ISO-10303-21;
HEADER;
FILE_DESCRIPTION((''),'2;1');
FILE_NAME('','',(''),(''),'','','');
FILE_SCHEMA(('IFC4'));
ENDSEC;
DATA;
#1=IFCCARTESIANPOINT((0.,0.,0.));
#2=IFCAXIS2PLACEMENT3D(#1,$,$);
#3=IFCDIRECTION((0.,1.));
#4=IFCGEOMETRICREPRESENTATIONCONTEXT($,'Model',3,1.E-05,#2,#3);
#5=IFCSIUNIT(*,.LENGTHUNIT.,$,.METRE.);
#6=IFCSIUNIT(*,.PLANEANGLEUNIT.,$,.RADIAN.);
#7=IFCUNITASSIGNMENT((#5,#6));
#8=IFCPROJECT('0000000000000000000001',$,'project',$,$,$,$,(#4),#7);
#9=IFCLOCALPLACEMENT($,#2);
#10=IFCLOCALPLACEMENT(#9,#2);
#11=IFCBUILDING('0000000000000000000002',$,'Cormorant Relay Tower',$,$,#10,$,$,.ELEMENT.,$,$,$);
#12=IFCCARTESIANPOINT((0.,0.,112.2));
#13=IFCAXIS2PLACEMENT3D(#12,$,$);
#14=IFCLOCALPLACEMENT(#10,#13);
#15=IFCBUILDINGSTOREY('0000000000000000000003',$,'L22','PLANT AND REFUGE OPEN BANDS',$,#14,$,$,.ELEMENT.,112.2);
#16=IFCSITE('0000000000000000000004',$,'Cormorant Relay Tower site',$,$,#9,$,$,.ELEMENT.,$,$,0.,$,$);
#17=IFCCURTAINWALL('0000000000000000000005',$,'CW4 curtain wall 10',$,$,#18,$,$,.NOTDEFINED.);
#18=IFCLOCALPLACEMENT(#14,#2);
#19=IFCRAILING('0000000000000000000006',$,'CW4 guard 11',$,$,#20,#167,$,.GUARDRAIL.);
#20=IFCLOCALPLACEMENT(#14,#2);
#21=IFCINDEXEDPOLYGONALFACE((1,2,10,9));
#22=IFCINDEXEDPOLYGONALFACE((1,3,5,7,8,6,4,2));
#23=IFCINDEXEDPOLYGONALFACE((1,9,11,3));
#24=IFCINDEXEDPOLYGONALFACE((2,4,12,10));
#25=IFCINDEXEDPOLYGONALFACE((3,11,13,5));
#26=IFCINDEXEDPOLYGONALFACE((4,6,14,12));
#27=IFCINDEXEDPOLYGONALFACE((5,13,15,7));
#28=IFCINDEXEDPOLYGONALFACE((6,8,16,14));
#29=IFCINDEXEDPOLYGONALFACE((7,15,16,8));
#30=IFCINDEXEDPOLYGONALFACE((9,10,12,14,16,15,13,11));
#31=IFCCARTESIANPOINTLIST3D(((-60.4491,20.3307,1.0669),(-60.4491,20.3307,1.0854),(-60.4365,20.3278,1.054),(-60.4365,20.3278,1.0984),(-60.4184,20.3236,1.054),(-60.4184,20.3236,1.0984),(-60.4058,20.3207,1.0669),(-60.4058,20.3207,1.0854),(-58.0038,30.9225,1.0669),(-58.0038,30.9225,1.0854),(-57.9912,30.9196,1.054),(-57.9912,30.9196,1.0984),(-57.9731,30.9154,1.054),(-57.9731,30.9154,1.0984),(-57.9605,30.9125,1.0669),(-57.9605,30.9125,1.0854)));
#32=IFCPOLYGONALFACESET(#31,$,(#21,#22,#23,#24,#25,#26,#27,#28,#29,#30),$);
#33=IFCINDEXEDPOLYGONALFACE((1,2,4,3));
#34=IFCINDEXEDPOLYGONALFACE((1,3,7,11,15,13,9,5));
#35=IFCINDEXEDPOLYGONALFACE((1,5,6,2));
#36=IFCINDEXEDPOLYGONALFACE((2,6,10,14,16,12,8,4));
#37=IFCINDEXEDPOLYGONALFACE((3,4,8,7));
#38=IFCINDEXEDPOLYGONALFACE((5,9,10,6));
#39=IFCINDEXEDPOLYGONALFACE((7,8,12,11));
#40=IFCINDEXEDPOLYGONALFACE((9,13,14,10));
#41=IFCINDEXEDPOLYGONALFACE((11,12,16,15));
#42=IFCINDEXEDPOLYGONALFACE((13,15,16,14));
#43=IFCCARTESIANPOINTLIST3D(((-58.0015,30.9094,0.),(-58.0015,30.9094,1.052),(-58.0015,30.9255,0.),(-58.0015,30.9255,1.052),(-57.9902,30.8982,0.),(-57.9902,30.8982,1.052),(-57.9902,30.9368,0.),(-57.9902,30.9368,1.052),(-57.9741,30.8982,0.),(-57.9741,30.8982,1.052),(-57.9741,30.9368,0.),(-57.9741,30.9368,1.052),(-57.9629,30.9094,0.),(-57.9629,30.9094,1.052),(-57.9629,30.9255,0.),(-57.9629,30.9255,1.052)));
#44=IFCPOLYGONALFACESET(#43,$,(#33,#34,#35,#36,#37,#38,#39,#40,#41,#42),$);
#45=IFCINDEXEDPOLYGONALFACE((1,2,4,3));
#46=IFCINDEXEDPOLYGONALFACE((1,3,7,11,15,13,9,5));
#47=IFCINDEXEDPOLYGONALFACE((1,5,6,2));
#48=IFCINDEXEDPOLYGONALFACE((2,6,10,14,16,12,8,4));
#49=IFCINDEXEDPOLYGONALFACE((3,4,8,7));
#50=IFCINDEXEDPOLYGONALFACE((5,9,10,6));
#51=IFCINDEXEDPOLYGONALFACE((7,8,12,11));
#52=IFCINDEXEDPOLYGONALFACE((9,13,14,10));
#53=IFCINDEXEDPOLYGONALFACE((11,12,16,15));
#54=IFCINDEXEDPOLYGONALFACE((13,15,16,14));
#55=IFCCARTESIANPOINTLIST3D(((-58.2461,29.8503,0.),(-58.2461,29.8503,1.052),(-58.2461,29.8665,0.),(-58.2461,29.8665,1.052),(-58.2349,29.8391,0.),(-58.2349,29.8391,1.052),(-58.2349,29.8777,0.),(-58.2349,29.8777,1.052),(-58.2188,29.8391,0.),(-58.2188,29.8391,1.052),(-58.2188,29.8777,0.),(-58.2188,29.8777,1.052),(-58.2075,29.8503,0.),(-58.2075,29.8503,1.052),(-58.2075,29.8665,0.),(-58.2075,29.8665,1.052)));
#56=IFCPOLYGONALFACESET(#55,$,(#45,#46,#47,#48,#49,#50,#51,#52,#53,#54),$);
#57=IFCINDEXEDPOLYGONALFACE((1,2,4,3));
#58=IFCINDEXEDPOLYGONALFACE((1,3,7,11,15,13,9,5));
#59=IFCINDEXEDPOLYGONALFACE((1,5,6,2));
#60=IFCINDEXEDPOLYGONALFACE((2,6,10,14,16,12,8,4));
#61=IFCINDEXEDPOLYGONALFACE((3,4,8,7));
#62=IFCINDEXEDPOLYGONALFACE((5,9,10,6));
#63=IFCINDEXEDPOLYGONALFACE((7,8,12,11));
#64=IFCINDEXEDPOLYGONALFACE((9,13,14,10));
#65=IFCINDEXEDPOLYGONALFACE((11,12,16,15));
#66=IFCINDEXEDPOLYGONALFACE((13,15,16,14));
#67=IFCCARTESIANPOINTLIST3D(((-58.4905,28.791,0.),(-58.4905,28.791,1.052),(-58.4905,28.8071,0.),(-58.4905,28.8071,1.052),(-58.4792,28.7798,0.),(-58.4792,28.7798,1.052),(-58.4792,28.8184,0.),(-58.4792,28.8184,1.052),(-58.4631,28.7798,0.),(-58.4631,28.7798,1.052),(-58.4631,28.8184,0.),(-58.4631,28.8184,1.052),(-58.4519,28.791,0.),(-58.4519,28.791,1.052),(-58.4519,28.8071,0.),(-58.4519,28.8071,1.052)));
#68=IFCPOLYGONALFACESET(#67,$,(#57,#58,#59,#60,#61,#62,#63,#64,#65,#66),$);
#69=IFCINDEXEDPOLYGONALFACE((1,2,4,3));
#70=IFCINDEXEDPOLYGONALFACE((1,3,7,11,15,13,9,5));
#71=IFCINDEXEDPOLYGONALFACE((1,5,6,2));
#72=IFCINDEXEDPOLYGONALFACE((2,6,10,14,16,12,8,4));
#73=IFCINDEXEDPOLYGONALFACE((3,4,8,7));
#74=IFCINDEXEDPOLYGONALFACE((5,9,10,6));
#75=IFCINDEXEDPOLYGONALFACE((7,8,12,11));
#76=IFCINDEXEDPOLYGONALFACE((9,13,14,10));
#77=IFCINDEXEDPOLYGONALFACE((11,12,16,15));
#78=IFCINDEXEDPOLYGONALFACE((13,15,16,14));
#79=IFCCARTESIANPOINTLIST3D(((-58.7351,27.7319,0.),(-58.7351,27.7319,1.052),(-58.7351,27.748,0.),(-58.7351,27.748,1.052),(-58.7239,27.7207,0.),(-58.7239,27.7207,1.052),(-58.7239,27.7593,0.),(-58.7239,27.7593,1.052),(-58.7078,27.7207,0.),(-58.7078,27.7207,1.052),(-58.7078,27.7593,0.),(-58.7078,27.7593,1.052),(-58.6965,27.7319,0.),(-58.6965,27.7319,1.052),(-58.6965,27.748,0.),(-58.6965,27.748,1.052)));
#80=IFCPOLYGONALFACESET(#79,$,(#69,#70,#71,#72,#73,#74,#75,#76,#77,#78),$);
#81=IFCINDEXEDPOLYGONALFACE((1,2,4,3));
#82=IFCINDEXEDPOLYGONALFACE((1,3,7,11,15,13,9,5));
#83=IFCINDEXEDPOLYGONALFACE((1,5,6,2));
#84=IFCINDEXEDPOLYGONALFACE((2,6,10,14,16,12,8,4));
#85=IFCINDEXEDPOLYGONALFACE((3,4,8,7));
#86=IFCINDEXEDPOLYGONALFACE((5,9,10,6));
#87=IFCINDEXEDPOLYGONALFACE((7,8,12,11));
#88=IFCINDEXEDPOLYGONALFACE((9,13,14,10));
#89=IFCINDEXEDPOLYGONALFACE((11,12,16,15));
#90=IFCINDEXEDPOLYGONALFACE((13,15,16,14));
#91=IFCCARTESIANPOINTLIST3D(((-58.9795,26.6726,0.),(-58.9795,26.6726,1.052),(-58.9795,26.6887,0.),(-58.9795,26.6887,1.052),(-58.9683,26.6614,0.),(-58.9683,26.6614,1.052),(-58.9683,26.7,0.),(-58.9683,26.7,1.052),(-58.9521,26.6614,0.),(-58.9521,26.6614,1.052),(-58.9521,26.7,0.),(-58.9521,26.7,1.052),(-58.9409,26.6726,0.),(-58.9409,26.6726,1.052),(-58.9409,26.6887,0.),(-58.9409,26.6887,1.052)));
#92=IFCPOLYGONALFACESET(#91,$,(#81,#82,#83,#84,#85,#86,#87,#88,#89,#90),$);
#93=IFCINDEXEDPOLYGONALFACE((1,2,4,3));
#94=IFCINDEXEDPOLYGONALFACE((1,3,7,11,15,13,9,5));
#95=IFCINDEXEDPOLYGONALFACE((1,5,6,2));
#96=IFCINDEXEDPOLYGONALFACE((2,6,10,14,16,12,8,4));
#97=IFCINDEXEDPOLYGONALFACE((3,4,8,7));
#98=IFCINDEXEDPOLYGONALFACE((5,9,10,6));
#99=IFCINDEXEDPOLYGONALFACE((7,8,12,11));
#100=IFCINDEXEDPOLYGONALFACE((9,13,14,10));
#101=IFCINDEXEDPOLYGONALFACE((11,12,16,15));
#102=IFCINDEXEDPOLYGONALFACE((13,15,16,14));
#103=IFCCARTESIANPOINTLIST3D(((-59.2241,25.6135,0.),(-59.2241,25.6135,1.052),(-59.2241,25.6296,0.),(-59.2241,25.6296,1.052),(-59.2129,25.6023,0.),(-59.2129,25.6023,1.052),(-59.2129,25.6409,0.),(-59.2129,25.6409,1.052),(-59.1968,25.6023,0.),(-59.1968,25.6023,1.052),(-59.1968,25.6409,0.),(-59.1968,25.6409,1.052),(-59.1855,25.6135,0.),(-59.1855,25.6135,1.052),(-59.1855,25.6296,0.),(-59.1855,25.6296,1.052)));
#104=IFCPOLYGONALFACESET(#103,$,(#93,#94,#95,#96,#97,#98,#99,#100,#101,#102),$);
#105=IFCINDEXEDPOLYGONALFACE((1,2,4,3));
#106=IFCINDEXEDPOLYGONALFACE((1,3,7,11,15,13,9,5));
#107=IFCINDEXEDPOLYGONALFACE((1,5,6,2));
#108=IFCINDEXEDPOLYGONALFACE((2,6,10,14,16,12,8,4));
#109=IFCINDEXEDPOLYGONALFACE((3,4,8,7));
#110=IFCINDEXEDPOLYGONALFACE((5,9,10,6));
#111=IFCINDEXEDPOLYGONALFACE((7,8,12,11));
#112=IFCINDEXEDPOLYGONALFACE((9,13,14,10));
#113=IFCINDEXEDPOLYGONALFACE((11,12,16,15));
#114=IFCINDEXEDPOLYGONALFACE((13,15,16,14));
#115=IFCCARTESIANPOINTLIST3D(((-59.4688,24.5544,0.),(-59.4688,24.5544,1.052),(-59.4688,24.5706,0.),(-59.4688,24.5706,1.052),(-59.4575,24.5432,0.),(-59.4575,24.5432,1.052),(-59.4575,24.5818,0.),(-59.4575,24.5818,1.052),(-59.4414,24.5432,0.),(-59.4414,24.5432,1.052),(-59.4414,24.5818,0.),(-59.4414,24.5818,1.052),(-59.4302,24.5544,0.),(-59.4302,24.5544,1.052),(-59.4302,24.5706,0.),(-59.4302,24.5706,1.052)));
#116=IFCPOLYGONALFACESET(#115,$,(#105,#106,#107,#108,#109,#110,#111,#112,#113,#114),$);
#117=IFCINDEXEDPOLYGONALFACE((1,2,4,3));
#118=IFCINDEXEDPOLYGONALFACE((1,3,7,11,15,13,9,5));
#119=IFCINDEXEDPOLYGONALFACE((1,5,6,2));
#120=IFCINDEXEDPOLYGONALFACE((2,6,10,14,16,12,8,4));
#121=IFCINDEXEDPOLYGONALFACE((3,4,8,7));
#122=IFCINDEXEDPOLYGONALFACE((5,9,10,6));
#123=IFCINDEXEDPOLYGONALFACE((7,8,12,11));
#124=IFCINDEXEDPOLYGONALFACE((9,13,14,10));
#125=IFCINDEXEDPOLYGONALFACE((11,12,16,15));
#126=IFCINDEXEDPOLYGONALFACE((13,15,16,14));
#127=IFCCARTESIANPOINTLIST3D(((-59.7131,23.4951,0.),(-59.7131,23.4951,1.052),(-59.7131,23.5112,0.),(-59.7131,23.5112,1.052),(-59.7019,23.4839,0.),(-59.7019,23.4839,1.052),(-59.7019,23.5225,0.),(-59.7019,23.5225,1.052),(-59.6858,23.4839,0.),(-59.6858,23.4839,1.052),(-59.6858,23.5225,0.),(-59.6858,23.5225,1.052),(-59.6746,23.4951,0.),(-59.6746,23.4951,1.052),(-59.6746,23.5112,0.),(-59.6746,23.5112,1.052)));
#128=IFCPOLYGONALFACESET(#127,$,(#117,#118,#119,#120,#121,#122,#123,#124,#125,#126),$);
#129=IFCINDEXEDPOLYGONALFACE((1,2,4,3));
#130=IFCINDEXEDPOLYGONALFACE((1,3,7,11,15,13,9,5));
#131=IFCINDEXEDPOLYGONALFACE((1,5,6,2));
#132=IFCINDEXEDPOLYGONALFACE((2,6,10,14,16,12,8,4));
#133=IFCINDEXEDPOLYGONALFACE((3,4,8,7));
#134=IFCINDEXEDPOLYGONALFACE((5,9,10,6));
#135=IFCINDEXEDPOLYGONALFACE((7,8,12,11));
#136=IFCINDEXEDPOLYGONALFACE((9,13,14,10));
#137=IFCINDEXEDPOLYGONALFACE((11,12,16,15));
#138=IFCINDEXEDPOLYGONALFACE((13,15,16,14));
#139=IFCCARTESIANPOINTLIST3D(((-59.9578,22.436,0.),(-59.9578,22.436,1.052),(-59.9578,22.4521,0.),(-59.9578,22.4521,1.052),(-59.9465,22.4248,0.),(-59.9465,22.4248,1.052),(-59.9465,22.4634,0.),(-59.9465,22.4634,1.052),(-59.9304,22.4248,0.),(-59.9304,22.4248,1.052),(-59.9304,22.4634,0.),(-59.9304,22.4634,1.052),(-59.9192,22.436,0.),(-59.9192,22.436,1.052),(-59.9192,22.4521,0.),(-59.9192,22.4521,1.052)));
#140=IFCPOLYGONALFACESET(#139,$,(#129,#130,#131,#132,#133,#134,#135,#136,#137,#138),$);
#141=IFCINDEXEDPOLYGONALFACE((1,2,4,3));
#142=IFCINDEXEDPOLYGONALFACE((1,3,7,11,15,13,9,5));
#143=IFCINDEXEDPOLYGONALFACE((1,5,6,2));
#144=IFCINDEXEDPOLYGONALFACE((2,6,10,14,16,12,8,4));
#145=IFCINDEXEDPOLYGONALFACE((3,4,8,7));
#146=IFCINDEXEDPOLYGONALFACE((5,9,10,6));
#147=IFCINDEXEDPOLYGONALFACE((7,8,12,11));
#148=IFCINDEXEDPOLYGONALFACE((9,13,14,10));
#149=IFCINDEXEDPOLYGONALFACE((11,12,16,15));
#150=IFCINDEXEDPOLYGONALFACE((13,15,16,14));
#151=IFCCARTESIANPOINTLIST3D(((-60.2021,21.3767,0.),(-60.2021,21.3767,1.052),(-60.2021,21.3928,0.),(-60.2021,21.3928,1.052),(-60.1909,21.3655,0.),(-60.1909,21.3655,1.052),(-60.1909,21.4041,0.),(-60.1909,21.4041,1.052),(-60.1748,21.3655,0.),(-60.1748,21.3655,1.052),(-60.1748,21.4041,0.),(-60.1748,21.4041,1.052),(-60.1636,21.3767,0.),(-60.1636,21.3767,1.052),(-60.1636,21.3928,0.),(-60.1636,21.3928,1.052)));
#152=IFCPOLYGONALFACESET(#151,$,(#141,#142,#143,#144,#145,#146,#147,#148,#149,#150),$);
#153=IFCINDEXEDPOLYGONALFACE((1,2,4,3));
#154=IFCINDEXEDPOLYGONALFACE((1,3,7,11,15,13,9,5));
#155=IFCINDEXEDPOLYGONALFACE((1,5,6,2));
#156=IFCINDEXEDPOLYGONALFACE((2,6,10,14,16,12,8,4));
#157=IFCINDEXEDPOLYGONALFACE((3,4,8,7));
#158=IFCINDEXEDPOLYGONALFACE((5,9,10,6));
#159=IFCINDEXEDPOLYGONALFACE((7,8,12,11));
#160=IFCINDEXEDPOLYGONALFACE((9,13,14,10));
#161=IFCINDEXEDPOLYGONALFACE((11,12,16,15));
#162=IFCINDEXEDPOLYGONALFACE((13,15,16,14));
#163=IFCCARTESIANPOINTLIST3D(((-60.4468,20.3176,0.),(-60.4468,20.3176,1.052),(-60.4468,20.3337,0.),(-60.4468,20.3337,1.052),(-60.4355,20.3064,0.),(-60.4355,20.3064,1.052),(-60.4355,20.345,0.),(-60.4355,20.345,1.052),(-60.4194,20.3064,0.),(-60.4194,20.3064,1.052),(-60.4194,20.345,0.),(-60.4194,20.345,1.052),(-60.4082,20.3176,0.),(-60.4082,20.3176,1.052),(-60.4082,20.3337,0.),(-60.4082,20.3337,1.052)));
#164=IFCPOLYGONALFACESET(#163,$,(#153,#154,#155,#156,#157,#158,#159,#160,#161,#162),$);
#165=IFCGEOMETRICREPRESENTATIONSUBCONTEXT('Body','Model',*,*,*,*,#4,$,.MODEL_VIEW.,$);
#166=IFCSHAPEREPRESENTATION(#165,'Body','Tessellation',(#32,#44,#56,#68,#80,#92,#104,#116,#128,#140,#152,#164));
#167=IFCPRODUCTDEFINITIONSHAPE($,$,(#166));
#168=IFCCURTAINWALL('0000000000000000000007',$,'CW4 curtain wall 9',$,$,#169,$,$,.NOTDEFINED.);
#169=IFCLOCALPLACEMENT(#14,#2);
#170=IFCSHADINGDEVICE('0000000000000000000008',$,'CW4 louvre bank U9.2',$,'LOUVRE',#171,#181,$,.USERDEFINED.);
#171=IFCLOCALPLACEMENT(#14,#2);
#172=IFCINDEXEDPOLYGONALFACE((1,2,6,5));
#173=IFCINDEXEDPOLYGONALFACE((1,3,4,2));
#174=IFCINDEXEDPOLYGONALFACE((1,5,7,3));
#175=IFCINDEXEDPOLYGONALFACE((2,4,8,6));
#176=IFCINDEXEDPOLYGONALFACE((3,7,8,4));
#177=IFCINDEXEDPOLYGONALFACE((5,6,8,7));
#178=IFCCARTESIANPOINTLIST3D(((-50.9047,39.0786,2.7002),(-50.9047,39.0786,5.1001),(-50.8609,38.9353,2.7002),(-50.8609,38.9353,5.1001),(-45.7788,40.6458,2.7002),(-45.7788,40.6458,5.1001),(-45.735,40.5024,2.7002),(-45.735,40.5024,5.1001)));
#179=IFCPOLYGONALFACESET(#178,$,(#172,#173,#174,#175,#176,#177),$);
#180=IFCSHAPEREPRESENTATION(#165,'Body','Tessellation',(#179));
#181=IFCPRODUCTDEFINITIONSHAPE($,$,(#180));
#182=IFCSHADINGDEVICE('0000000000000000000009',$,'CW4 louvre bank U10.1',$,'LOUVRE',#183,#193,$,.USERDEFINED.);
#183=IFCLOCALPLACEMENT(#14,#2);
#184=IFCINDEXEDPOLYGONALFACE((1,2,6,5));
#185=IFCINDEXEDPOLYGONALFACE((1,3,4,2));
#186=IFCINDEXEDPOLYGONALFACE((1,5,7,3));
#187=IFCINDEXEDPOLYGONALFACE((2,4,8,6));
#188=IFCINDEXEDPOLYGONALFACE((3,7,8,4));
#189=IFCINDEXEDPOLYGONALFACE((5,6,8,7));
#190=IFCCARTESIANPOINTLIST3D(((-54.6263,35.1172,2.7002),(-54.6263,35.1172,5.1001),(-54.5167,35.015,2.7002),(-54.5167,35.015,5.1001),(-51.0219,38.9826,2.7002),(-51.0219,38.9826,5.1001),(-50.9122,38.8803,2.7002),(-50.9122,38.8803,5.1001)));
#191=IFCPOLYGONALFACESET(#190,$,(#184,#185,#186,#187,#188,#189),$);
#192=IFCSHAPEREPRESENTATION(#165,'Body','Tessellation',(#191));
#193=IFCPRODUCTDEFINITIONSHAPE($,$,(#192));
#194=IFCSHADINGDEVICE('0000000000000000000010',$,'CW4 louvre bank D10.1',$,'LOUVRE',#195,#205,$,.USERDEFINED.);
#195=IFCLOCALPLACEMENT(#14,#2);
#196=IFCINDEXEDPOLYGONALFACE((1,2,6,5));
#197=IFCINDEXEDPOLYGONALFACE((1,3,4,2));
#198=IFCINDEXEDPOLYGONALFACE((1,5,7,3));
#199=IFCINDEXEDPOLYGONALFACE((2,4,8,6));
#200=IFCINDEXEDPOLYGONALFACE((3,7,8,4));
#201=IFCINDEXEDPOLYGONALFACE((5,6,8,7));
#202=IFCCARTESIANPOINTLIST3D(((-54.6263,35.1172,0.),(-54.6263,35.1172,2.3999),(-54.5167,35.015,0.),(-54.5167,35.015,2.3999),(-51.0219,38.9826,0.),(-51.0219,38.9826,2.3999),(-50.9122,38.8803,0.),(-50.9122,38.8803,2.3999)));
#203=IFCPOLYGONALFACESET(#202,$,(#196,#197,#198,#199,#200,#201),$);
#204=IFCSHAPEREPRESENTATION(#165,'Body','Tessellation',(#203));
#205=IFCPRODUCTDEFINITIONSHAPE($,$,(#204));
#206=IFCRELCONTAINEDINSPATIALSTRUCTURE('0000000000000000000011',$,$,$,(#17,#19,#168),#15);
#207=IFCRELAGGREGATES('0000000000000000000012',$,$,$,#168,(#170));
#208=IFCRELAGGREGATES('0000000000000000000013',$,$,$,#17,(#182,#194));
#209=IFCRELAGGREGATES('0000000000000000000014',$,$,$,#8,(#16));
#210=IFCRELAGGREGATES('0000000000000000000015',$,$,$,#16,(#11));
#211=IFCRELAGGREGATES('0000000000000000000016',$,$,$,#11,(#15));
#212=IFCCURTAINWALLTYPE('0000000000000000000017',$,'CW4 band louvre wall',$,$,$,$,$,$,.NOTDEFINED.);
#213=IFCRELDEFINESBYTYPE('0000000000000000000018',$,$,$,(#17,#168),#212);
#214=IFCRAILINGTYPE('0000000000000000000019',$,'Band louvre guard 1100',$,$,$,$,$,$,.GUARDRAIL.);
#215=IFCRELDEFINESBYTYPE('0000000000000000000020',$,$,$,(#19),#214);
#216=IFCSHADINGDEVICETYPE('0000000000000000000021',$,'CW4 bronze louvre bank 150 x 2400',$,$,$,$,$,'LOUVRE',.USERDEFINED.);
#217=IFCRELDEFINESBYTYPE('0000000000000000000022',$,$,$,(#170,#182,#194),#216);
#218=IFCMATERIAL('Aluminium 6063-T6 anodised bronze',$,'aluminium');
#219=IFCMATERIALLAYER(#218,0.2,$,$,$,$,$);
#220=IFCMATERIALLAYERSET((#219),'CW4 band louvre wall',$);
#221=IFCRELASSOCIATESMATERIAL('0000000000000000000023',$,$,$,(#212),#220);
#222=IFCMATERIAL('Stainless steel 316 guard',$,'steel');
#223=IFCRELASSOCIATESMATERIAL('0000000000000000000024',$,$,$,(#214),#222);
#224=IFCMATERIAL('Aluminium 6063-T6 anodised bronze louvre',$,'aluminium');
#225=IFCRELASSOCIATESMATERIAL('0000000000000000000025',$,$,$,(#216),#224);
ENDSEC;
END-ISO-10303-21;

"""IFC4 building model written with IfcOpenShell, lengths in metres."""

from ifc_helpers import new_model, si_unit, direction, frame, origin, origin_2d, place, context, subcontext, project, spatial, polyline, rectangle, outline, extrude, material, layer, layer_set, type_object, element, aggregate, save


model = new_model("IFC4")

# Units and contexts
model_context = context("Model", 3, precision=1e-05, world=origin(), true_north=direction((0.0, 1.0)))
body_context = subcontext(model_context, "Body", "Model", "MODEL_VIEW")
ifc_project = project(units=[si_unit("LENGTHUNIT", "METRE"), si_unit("PLANEANGLEUNIT", "RADIAN")], contexts=[model_context])

# Site, building, storey
site_placement = place(None, origin())
site = spatial("IfcSite", under=ifc_project, at=site_placement, Name="Cormorant Relay Tower site", CompositionType="ELEMENT", RefElevation=0.0)
building_placement = place(site_placement, origin())
building = spatial("IfcBuilding", under=site, at=building_placement, Name="Cormorant Relay Tower", CompositionType="ELEMENT")
storey_placement = place(building_placement, frame((0.0, 0.0, 112.2)))
storey = spatial("IfcBuildingStorey", under=building, at=storey_placement, Name="L22", Description="PLANT AND REFUGE OPEN BANDS", CompositionType="ELEMENT", Elevation=112.2)

# Curtain wall
ifc_material_1 = material(Name="Aluminium 6063-T6 anodised bronze", Category="aluminium")
ifc_layer_1 = layer(ifc_material_1, 0.2)
ifc_layer_set_1 = layer_set([ifc_layer_1], Name="CW4 band louvre wall")
curtain_wall_type = type_object("IfcCurtainWallType", Name="CW4 band louvre wall", PredefinedType="NOTDEFINED", material=ifc_layer_set_1)
curtain_wall_1_placement = place(storey_placement, origin())
curtain_wall_1 = element("IfcCurtainWall", 1, at=curtain_wall_1_placement, inside=storey, type_object=curtain_wall_type, Name="CW4 curtain wall 10", PredefinedType="NOTDEFINED")

# Railing
ifc_material_2 = material(Name="Stainless steel 316 guard", Category="steel")
railing_type = type_object("IfcRailingType", Name="Band louvre guard 1100", PredefinedType="GUARDRAIL", material=ifc_material_2)
railing_1_placement = place(storey_placement, frame((-57.9822, 30.9175, 0.0)))
element("IfcRailing", 2, at=railing_1_placement, inside=storey, type_object=railing_type, Name="CW4 guard 11", PredefinedType="GUARDRAIL", context=body_context, shape_type="SweptSolid", body=[
    extrude(outline(polyline([(0.0222, 0.0093), (0.0093, 0.0222), (-0.0093, 0.0222), (-0.0222, 0.0093), (-0.0222, -0.0093), (-0.0093, -0.0222), (0.0093, -0.0222), (0.0222, -0.0093), (0.0222, 0.0093)])), frame((0.0, 0.0, 1.0762), z_axis=(-0.224951, -0.97437, 0.0), x_axis=(0.97437, -0.224951, 0.0)), (0.0, 0.0, 1.0), 10.8704),
    extrude(outline(polyline([(0.0193, 0.0081), (0.0081, 0.0193), (-0.0081, 0.0193), (-0.0193, 0.0081), (-0.0193, -0.0081), (-0.0081, -0.0193), (0.0081, -0.0193), (0.0193, -0.0081), (0.0193, 0.0081)])), origin(), (0.0, 0.0, 1.0), 1.052),
    extrude(outline(polyline([(0.0193, 0.0081), (0.0081, 0.0193), (-0.0081, 0.0193), (-0.0193, 0.0081), (-0.0193, -0.0081), (-0.0081, -0.0193), (0.0081, -0.0193), (0.0193, -0.0081), (0.0193, 0.0081)])), frame((-0.2446, -1.0591, 0.0)), (0.0, 0.0, 1.0), 1.052),
    extrude(outline(polyline([(0.0193, 0.0081), (0.0081, 0.0193), (-0.0081, 0.0193), (-0.0193, 0.0081), (-0.0193, -0.0081), (-0.0081, -0.0193), (0.0081, -0.0193), (0.0193, -0.0081), (0.0193, 0.0081)])), frame((-0.489, -2.1184, 0.0)), (0.0, 0.0, 1.0), 1.052),
    extrude(outline(polyline([(0.0193, 0.0081), (0.0081, 0.0193), (-0.0081, 0.0193), (-0.0193, 0.0081), (-0.0193, -0.0081), (-0.0081, -0.0193), (0.0081, -0.0193), (0.0193, -0.0081), (0.0193, 0.0081)])), frame((-0.7336, -3.1775, 0.0)), (0.0, 0.0, 1.0), 1.052),
    extrude(outline(polyline([(0.0193, 0.0081), (0.0081, 0.0193), (-0.0081, 0.0193), (-0.0193, 0.0081), (-0.0193, -0.0081), (-0.0081, -0.0193), (0.0081, -0.0193), (0.0193, -0.0081), (0.0193, 0.0081)])), frame((-0.978, -4.2368, 0.0)), (0.0, 0.0, 1.0), 1.052),
    extrude(outline(polyline([(0.0193, 0.0081), (0.0081, 0.0193), (-0.0081, 0.0193), (-0.0193, 0.0081), (-0.0193, -0.0081), (-0.0081, -0.0193), (0.0081, -0.0193), (0.0193, -0.0081), (0.0193, 0.0081)])), frame((-1.2227, -5.2959, 0.0)), (0.0, 0.0, 1.0), 1.052),
    extrude(outline(polyline([(0.0193, 0.0081), (0.0081, 0.0193), (-0.0081, 0.0193), (-0.0193, 0.0081), (-0.0193, -0.0081), (-0.0081, -0.0193), (0.0081, -0.0193), (0.0193, -0.0081), (0.0193, 0.0081)])), frame((-1.4673, -6.355, 0.0)), (0.0, 0.0, 1.0), 1.052),
    extrude(outline(polyline([(0.0193, 0.0081), (0.0081, 0.0193), (-0.0081, 0.0193), (-0.0193, 0.0081), (-0.0193, -0.0081), (-0.0081, -0.0193), (0.0081, -0.0193), (0.0193, -0.0081), (0.0193, 0.0081)])), frame((-1.7117, -7.4143, 0.0)), (0.0, 0.0, 1.0), 1.052),
    extrude(outline(polyline([(0.0193, 0.0081), (0.0081, 0.0193), (-0.0081, 0.0193), (-0.0193, 0.0081), (-0.0193, -0.0081), (-0.0081, -0.0193), (0.0081, -0.0193), (0.0193, -0.0081), (0.0193, 0.0081)])), frame((-1.9563, -8.4734, 0.0)), (0.0, 0.0, 1.0), 1.052),
    extrude(outline(polyline([(0.0193, 0.0081), (0.0081, 0.0193), (-0.0081, 0.0193), (-0.0193, 0.0081), (-0.0193, -0.0081), (-0.0081, -0.0193), (0.0081, -0.0193), (0.0193, -0.0081), (0.0193, 0.0081)])), frame((-2.2007, -9.5327, 0.0)), (0.0, 0.0, 1.0), 1.052),
    extrude(outline(polyline([(0.0193, 0.0081), (0.0081, 0.0193), (-0.0081, 0.0193), (-0.0193, 0.0081), (-0.0193, -0.0081), (-0.0081, -0.0193), (0.0081, -0.0193), (0.0193, -0.0081), (0.0193, 0.0081)])), frame((-2.4453, -10.5918, 0.0)), (0.0, 0.0, 1.0), 1.052),
])

# Curtain wall, shading device
curtain_wall_2_placement = place(storey_placement, origin())
curtain_wall_2 = element("IfcCurtainWall", 3, at=curtain_wall_2_placement, inside=storey, type_object=curtain_wall_type, Name="CW4 curtain wall 9", PredefinedType="NOTDEFINED")
ifc_material_3 = material(Name="Aluminium 6063-T6 anodised bronze louvre", Category="aluminium")
shading_device_type = type_object("IfcShadingDeviceType", Name="CW4 bronze louvre bank 150 x 2400", ElementType="LOUVRE", PredefinedType="USERDEFINED", material=ifc_material_3)
shading_device_1_placement = place(storey_placement, frame((-48.3198, 39.7905, 2.7002), z_axis=(0.0, 0.0, 1.0), x_axis=(-0.956305, -0.292372, 0.0)))
shading_device_1 = element("IfcShadingDevice", 4, at=shading_device_1_placement, type_object=shading_device_type, Name="CW4 louvre bank U9.2", ObjectType="LOUVRE", PredefinedType="USERDEFINED", context=body_context, shape_type="SweptSolid", body=[
    extrude(rectangle(XDim=5.3601, YDim=0.1499, at=origin_2d()), origin(), (0.0, 0.0, 1.0), 2.3999),
])
aggregate(curtain_wall_2, [shading_device_1])

# Shading devices
shading_device_2_placement = place(storey_placement, frame((-52.7693, 36.9988, 2.7002), z_axis=(0.0, 0.0, 1.0), x_axis=(-0.681998, -0.731354, 0.0)))
shading_device_2 = element("IfcShadingDevice", 5, at=shading_device_2_placement, type_object=shading_device_type, Name="CW4 louvre bank U10.1", ObjectType="LOUVRE", PredefinedType="USERDEFINED", context=body_context, shape_type="SweptSolid", body=[
    extrude(rectangle(XDim=5.2852, YDim=0.1499, at=origin_2d()), origin(), (0.0, 0.0, 1.0), 2.3999),
])
shading_device_3_placement = place(storey_placement, frame((-52.7693, 36.9988, 0.0), z_axis=(0.0, 0.0, 1.0), x_axis=(-0.681998, -0.731354, 0.0)))
shading_device_3 = element("IfcShadingDevice", 6, at=shading_device_3_placement, type_object=shading_device_type, Name="CW4 louvre bank D10.1", ObjectType="LOUVRE", PredefinedType="USERDEFINED", context=body_context, shape_type="SweptSolid", body=[
    extrude(rectangle(XDim=5.2852, YDim=0.1499, at=origin_2d()), origin(), (0.0, 0.0, 1.0), 2.3999),
])
aggregate(curtain_wall_1, [shading_device_2, shading_device_3])

save(model, "model.ifc")
